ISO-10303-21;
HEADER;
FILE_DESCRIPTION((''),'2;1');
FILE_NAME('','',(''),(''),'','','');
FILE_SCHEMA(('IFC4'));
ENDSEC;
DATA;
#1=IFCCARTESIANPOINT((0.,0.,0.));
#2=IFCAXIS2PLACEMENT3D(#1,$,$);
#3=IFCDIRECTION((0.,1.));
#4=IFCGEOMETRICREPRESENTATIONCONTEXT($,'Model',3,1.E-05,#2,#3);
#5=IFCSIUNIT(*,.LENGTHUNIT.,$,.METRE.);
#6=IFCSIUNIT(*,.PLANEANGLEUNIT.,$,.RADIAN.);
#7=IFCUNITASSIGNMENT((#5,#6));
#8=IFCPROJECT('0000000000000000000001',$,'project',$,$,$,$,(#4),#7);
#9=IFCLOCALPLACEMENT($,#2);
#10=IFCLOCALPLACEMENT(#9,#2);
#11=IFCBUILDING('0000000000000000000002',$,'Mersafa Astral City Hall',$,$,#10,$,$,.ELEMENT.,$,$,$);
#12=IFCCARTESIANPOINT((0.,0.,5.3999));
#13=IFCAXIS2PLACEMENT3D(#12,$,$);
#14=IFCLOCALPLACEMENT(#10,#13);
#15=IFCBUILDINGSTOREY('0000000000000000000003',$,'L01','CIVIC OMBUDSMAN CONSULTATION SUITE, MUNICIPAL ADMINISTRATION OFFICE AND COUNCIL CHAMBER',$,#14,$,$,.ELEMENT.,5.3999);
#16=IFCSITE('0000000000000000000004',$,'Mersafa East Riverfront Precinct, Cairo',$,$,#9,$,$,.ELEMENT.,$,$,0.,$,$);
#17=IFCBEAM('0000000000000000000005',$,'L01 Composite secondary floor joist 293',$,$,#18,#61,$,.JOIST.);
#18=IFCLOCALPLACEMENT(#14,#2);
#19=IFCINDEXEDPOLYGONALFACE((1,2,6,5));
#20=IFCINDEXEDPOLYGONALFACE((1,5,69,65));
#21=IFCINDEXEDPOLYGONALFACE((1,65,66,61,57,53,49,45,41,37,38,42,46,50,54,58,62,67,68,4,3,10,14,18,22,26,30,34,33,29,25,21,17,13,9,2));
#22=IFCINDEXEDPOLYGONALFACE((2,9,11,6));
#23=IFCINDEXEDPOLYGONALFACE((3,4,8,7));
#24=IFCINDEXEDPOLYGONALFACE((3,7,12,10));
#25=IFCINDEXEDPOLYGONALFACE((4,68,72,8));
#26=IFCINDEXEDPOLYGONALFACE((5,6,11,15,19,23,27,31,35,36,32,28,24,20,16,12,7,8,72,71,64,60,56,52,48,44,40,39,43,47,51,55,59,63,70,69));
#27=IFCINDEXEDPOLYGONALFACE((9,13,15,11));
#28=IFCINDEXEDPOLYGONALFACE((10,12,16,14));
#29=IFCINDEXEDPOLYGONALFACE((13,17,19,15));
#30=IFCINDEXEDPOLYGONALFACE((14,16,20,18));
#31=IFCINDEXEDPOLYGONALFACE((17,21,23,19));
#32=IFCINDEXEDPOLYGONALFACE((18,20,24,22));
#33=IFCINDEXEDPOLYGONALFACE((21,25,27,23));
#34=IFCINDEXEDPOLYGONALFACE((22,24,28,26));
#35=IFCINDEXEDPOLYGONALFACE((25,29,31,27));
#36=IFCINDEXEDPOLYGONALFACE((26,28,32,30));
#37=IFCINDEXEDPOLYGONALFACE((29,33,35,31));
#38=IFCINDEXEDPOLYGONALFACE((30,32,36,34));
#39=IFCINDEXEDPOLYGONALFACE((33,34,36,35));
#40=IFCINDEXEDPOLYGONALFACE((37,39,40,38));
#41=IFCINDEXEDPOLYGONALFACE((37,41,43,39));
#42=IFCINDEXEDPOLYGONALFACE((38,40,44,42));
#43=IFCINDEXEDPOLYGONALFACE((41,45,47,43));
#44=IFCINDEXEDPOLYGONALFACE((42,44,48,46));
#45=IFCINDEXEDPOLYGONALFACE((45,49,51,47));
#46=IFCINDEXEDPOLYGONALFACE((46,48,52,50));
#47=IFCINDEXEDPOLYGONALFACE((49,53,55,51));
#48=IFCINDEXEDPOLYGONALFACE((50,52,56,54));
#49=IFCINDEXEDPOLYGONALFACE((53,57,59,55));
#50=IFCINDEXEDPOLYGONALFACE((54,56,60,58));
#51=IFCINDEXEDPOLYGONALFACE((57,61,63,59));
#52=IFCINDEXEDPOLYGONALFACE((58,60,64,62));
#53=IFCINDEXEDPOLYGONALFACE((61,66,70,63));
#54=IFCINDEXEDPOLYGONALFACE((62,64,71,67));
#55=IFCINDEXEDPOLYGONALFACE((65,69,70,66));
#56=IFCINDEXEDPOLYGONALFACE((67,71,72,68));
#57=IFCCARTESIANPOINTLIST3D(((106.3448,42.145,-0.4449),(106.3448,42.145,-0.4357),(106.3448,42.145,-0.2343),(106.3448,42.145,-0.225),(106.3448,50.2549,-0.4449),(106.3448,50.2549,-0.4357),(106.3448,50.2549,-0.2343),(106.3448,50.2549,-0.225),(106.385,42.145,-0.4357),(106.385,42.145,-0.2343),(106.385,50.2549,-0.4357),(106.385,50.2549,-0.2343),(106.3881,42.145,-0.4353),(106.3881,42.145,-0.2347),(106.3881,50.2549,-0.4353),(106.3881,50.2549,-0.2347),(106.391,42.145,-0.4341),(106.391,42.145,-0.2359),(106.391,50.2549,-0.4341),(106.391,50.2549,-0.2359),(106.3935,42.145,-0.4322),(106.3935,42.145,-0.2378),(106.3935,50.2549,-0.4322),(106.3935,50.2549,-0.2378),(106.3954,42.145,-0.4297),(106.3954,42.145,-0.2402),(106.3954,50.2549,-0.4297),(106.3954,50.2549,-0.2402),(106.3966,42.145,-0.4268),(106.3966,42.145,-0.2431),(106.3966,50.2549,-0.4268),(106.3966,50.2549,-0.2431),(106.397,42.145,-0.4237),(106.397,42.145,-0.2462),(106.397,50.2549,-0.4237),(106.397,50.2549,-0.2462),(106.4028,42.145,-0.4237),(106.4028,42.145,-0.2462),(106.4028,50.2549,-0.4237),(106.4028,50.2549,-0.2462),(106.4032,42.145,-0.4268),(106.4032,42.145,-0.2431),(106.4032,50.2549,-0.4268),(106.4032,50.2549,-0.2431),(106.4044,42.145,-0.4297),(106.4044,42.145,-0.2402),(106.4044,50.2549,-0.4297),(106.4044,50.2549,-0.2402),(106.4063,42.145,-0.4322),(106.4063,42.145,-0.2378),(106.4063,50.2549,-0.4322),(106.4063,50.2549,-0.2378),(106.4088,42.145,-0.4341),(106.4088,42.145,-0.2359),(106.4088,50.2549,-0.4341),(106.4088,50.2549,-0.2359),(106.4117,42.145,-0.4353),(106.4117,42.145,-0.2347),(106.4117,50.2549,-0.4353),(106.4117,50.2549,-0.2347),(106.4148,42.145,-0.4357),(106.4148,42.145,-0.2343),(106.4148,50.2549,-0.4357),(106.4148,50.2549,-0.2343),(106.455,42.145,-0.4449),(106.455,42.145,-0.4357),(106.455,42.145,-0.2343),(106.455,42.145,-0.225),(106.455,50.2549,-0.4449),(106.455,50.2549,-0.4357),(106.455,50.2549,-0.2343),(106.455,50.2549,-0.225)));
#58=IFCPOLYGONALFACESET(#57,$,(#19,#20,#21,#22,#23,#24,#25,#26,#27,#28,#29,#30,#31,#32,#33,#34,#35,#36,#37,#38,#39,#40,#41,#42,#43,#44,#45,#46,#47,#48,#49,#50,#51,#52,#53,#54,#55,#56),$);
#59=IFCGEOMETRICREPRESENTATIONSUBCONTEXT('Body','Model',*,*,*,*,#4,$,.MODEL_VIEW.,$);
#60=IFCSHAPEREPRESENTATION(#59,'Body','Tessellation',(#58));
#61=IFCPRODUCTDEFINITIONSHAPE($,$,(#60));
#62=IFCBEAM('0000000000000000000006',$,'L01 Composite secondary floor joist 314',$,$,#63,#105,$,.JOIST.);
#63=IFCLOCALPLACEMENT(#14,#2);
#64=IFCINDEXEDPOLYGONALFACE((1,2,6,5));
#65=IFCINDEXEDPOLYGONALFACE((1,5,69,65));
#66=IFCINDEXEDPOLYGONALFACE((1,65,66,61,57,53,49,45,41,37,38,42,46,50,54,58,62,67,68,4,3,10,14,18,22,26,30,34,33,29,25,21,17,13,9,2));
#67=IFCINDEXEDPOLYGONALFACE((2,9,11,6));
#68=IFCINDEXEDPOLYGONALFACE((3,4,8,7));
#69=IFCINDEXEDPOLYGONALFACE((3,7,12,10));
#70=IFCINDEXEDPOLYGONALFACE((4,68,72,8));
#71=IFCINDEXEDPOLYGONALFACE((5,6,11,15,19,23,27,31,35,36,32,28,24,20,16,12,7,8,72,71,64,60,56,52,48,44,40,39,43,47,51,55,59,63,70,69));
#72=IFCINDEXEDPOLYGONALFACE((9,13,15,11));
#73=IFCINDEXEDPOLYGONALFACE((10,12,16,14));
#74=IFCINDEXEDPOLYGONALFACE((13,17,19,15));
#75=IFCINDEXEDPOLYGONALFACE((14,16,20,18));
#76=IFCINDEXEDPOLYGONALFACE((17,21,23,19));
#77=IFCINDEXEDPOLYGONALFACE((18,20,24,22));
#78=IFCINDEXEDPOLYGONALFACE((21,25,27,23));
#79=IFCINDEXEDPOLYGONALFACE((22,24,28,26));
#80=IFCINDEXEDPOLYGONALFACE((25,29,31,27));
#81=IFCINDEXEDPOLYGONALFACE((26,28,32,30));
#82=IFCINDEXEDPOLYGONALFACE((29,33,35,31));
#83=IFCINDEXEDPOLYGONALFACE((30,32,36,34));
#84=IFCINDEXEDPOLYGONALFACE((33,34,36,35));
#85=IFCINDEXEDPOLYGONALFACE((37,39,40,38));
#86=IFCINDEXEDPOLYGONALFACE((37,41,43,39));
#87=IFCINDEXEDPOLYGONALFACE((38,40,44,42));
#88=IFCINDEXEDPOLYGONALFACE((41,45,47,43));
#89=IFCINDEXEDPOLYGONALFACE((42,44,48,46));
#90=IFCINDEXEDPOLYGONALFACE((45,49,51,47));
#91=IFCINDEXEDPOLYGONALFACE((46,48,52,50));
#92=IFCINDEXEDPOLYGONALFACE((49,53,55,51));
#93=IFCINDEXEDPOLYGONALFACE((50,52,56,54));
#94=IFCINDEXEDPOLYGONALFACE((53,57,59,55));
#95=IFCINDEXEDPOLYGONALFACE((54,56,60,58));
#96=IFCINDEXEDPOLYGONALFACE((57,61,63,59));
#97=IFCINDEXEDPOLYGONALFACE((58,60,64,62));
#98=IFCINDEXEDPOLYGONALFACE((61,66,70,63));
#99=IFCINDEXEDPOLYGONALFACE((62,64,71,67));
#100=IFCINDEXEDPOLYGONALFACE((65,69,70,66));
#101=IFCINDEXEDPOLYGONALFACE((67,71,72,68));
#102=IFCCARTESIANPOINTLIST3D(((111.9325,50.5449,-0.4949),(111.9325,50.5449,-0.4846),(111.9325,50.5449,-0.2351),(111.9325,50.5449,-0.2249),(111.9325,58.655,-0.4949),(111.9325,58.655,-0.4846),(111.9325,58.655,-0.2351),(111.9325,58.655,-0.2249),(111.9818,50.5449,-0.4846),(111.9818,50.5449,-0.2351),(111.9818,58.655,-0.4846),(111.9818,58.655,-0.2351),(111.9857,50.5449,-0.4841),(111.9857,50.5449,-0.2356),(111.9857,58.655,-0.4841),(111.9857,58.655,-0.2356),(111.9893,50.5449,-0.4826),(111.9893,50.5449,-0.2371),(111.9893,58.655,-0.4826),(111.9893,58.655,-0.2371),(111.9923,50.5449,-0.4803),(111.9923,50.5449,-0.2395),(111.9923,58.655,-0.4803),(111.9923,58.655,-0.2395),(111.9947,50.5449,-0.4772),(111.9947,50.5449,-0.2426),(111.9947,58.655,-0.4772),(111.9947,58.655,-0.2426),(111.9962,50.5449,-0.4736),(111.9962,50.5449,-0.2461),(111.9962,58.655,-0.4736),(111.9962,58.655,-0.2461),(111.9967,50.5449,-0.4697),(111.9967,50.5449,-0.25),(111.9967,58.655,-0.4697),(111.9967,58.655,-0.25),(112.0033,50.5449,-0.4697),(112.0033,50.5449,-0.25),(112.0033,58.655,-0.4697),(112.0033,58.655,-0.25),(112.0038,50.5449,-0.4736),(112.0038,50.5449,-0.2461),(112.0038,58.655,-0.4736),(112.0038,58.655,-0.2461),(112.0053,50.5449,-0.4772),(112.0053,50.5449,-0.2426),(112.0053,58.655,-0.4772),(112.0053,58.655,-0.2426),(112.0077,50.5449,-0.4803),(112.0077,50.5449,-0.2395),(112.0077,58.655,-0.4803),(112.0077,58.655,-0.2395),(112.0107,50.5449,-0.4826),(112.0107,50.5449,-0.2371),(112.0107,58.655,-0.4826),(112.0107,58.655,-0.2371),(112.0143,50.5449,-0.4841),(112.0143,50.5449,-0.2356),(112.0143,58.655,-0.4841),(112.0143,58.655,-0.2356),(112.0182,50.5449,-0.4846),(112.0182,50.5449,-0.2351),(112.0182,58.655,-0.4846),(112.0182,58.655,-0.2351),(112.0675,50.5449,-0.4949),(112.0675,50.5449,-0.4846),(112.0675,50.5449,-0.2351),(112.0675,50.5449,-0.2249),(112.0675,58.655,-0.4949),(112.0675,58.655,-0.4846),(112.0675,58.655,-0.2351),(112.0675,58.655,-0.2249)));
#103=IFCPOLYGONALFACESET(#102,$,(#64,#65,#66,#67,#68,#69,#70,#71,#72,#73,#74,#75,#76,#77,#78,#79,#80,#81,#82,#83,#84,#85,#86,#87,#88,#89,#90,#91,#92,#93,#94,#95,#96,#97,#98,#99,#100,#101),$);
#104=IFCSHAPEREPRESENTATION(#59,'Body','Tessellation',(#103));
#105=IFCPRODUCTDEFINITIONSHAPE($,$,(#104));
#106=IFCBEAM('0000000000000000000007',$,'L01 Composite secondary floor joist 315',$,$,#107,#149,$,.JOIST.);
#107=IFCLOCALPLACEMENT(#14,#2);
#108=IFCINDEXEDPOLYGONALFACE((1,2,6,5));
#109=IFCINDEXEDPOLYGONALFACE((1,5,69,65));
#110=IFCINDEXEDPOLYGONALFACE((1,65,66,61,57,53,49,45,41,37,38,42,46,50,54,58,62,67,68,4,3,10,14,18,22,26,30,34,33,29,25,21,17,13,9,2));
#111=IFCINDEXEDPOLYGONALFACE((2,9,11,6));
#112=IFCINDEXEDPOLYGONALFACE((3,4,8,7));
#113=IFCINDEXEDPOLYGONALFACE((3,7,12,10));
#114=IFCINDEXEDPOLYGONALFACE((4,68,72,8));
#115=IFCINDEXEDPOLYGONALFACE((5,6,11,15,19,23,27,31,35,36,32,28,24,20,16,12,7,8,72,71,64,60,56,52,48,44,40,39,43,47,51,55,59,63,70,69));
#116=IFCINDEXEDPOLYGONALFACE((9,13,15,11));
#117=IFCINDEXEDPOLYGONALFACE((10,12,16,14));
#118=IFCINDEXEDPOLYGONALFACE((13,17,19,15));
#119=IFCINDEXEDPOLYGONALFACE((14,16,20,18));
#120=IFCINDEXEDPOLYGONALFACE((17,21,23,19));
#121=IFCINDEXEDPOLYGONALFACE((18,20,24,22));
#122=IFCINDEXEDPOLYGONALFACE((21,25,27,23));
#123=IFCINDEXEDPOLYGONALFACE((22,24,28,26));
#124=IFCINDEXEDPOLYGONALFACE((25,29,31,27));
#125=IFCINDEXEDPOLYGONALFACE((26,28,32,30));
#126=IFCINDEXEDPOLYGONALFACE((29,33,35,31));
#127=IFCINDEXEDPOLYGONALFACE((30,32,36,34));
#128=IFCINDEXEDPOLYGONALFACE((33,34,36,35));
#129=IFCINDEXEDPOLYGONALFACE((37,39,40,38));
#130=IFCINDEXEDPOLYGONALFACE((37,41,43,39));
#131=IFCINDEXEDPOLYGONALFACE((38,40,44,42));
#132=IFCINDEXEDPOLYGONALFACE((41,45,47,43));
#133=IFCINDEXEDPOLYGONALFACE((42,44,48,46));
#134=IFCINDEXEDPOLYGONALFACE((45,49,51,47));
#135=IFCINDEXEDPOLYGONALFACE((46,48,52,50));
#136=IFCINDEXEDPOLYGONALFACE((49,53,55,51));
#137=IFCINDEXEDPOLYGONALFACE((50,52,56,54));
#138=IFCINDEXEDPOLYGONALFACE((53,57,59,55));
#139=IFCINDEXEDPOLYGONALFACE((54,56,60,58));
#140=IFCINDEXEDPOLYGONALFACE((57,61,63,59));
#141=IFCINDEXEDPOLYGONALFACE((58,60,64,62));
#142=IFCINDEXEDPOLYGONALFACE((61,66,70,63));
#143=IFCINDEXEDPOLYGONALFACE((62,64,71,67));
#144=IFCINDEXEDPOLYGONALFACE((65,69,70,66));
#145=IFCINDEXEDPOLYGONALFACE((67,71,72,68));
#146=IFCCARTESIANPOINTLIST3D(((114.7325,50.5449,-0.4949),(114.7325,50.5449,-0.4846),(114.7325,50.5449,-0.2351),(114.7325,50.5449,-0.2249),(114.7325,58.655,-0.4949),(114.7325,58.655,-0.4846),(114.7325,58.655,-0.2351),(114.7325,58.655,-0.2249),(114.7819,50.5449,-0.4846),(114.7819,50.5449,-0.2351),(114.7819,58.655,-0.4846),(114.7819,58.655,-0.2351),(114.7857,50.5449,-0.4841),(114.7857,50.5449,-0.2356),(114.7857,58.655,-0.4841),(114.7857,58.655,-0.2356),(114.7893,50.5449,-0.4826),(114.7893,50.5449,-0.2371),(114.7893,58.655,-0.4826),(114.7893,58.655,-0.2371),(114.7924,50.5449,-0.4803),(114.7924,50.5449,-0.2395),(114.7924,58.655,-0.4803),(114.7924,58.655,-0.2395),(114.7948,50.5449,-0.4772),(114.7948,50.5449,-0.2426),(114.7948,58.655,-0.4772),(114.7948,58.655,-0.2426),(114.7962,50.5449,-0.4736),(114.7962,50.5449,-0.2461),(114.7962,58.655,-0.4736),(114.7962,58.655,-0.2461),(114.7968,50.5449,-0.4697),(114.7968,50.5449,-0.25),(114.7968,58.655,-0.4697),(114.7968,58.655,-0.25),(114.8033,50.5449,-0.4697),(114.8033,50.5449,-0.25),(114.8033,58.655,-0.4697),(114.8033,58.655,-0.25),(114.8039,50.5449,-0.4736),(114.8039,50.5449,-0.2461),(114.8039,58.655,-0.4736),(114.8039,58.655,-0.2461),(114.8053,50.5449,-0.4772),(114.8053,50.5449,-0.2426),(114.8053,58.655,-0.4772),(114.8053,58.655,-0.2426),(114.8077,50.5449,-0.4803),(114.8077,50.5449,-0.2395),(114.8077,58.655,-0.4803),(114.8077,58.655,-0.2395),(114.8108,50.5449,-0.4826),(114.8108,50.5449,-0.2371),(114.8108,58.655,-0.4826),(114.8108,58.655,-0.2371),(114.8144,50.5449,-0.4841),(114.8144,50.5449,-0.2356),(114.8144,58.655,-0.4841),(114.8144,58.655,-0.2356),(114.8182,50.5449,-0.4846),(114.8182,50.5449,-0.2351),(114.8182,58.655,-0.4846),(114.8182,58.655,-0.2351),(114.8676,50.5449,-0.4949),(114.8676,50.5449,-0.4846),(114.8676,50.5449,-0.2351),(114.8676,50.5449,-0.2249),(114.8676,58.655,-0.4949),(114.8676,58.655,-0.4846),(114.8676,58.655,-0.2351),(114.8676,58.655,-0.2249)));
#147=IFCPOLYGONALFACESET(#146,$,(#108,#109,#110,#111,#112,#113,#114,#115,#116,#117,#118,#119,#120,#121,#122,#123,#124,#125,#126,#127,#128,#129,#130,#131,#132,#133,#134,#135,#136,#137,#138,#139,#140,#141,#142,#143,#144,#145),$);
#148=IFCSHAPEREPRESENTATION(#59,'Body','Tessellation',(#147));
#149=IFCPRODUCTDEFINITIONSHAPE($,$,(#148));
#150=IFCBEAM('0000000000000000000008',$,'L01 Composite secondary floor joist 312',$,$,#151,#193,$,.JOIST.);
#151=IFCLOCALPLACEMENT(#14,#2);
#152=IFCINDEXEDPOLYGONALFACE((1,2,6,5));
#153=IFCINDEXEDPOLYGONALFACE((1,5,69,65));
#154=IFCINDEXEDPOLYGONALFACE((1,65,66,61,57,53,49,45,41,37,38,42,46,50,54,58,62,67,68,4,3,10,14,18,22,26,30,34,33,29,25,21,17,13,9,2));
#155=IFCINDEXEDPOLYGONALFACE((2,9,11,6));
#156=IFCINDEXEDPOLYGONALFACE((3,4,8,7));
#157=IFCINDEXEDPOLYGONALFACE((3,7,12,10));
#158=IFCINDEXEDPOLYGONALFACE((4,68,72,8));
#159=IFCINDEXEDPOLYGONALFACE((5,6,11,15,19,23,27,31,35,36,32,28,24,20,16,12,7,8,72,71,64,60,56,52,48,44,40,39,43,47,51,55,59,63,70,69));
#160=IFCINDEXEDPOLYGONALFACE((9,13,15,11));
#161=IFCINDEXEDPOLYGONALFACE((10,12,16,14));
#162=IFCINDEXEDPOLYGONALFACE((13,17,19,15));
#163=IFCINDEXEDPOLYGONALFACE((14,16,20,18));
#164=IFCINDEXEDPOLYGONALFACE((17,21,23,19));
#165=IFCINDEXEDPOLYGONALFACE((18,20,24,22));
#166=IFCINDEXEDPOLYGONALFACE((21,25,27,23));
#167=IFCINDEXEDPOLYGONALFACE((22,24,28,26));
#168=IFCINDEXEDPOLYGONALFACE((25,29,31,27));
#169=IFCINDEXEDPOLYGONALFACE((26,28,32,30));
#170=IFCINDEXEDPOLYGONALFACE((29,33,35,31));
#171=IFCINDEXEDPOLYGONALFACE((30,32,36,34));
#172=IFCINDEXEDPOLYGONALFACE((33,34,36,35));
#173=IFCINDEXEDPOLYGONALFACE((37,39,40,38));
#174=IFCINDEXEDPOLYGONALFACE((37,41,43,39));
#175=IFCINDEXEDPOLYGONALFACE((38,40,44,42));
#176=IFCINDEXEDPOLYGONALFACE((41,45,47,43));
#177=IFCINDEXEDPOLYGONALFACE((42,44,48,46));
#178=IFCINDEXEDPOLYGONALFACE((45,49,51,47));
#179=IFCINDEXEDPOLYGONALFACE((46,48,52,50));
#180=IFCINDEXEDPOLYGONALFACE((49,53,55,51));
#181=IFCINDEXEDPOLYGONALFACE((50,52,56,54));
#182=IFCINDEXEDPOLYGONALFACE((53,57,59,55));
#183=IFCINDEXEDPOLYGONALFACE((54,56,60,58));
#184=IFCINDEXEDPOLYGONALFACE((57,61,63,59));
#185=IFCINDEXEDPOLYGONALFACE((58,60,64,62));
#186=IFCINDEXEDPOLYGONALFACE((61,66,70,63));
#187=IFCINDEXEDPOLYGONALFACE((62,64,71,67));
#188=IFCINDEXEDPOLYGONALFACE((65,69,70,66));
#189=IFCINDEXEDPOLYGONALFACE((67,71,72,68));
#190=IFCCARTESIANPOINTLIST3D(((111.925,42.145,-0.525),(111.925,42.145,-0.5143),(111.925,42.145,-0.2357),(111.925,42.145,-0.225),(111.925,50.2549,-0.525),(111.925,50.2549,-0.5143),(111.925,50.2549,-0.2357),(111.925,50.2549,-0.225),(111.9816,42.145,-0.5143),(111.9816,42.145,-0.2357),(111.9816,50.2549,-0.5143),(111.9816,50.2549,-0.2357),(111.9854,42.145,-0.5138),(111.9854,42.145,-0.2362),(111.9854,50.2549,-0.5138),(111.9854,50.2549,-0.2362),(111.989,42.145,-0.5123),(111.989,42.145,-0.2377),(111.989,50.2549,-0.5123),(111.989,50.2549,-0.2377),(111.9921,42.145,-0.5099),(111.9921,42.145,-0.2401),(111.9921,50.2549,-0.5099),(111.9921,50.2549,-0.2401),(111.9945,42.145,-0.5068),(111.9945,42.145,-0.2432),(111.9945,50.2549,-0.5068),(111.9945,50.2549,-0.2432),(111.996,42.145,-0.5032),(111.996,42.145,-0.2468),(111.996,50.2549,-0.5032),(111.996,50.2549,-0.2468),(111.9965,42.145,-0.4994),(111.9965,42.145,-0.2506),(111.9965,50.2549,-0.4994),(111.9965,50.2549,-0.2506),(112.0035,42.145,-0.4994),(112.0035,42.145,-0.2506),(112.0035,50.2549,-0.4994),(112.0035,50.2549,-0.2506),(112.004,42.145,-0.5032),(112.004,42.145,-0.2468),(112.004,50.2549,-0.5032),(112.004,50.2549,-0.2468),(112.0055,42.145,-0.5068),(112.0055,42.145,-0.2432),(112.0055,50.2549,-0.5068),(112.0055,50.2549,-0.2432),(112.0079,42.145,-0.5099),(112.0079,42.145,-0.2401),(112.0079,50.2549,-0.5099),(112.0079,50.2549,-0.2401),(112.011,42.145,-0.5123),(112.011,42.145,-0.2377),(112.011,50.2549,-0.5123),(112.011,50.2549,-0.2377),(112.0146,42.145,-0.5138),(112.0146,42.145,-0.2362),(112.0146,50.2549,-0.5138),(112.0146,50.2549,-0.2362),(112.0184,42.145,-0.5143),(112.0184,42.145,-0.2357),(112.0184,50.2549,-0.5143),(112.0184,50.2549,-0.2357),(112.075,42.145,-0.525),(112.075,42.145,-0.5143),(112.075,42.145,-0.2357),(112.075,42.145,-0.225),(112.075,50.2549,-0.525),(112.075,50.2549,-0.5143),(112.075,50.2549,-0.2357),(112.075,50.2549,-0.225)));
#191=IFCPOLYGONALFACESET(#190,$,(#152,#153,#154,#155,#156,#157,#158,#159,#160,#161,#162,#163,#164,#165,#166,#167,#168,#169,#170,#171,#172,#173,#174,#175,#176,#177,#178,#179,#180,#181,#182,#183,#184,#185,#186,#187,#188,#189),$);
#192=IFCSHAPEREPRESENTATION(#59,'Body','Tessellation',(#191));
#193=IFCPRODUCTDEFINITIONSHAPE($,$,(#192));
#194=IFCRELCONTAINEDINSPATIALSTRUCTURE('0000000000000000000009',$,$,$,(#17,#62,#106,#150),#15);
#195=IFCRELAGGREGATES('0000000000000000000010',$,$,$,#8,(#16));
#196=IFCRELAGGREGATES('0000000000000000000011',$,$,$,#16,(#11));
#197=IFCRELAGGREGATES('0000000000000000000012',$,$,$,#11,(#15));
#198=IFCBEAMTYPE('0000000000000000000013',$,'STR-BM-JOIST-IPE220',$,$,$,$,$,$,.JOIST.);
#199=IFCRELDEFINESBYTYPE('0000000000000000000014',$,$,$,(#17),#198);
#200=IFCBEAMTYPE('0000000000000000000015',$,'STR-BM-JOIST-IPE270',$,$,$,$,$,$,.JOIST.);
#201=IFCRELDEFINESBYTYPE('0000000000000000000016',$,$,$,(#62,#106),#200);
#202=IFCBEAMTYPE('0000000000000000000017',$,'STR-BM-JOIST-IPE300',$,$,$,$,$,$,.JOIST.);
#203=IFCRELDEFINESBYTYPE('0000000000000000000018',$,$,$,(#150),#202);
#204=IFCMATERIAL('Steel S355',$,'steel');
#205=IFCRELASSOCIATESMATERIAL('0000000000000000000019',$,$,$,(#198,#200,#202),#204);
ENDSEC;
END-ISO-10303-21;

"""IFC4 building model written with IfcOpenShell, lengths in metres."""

from ifc_helpers import new_model, si_unit, direction, frame, origin, origin_2d, place, context, subcontext, project, spatial, i_section, extrude, material, material_profile, profile_set, type_object, element, save


model = new_model("IFC4")

# Units and contexts
model_context = context("Model", 3, precision=1e-05, world=origin(), true_north=direction((0.0, 1.0)))
body_context = subcontext(model_context, "Body", "Model", "MODEL_VIEW")
ifc_project = project(units=[si_unit("LENGTHUNIT", "METRE"), si_unit("PLANEANGLEUNIT", "RADIAN")], contexts=[model_context])

# Site, building, storey
site_placement = place(None, origin())
site = spatial("IfcSite", under=ifc_project, at=site_placement, Name="Mersafa East Riverfront Precinct, Cairo", CompositionType="ELEMENT", RefElevation=0.0)
building_placement = place(site_placement, origin())
building = spatial("IfcBuilding", under=site, at=building_placement, Name="Mersafa Astral City Hall", CompositionType="ELEMENT")
storey_placement = place(building_placement, frame((0.0, 0.0, 5.3999)))
storey = spatial("IfcBuildingStorey", under=building, at=storey_placement, Name="L01", Description="CIVIC OMBUDSMAN CONSULTATION SUITE, MUNICIPAL ADMINISTRATION OFFICE AND COUNCIL CHAMBER", CompositionType="ELEMENT", Elevation=5.3999)

# Shared definitions
ifc_material_1 = material(Name="Steel S355", Category="steel")

# Beams
ifc_material_profile_1 = material_profile(ifc_material_1, i_section(OverallWidth=0.1101, OverallDepth=0.22, WebThickness=0.0059, FlangeThickness=0.0093, FilletRadius=0.012, at=origin_2d()), Name="IPE 220")
ifc_profile_set_1 = profile_set([ifc_material_profile_1], Name="Steel S355")
beam_type_1 = type_object("IfcBeamType", Name="STR-BM-JOIST-IPE220", PredefinedType="JOIST", material=ifc_profile_set_1)
beam_1_placement = place(storey_placement, frame((106.3999, 42.145, -0.335), z_axis=(0.0, 1.0, 0.0), x_axis=(-1.0, 0.0, 0.0)))
element("IfcBeam", 1, at=beam_1_placement, inside=storey, type_object=beam_type_1, Name="L01 Composite secondary floor joist 293", PredefinedType="JOIST", context=body_context, shape_type="SweptSolid", body=[
    extrude(i_section(OverallWidth=0.1101, OverallDepth=0.22, WebThickness=0.0059, FlangeThickness=0.0093, FilletRadius=0.012, at=origin_2d()), origin(), (0.0, 0.0, 1.0), 8.1099),
])
ifc_material_profile_2 = material_profile(ifc_material_1, i_section(OverallWidth=0.135, OverallDepth=0.27, WebThickness=0.0066, FlangeThickness=0.0103, FilletRadius=0.0149, at=origin_2d()), Name="IPE 270")
ifc_profile_set_2 = profile_set([ifc_material_profile_2], Name="Steel S355")
beam_type_2 = type_object("IfcBeamType", Name="STR-BM-JOIST-IPE270", PredefinedType="JOIST", material=ifc_profile_set_2)
for number, where, z_axis, x_axis, name in (
    (2, (112.0, 50.5449, -0.3599), (0.0, 1.0, 0.0), (-1.0, 0.0, 0.0), "L01 Composite secondary floor joist 314"),
    (3, (114.8, 50.5449, -0.3599), (0.0, 1.0, 0.0), (-1.0, 0.0, 0.0), "L01 Composite secondary floor joist 315"),
):
    element("IfcBeam", number, at=place(storey_placement, frame(where, z_axis=z_axis, x_axis=x_axis)), inside=storey, type_object=beam_type_2, Name=name, PredefinedType="JOIST", context=body_context, shape_type="SweptSolid", body=[
        extrude(i_section(OverallWidth=0.135, OverallDepth=0.27, WebThickness=0.0066, FlangeThickness=0.0103, FilletRadius=0.0149, at=origin_2d()), origin(), (0.0, 0.0, 1.0), 8.1101),
    ])
ifc_material_profile_3 = material_profile(ifc_material_1, i_section(OverallWidth=0.1499, OverallDepth=0.3, WebThickness=0.0071, FlangeThickness=0.0107, FilletRadius=0.0149, at=origin_2d()), Name="IPE 300")
ifc_profile_set_3 = profile_set([ifc_material_profile_3], Name="Steel S355")
beam_type_3 = type_object("IfcBeamType", Name="STR-BM-JOIST-IPE300", PredefinedType="JOIST", material=ifc_profile_set_3)
for number, where, z_axis, x_axis, name in (
    (4, (112.0, 42.145, -0.375), (0.0, 1.0, 0.0), (-1.0, 0.0, 0.0), "L01 Composite secondary floor joist 312"),
):
    element("IfcBeam", number, at=place(storey_placement, frame(where, z_axis=z_axis, x_axis=x_axis)), inside=storey, type_object=beam_type_3, Name=name, PredefinedType="JOIST", context=body_context, shape_type="SweptSolid", body=[
        extrude(i_section(OverallWidth=0.1499, OverallDepth=0.3, WebThickness=0.0071, FlangeThickness=0.0107, FilletRadius=0.0149, at=origin_2d()), origin(), (0.0, 0.0, 1.0), 8.1099),
    ])

save(model, "model.ifc")
